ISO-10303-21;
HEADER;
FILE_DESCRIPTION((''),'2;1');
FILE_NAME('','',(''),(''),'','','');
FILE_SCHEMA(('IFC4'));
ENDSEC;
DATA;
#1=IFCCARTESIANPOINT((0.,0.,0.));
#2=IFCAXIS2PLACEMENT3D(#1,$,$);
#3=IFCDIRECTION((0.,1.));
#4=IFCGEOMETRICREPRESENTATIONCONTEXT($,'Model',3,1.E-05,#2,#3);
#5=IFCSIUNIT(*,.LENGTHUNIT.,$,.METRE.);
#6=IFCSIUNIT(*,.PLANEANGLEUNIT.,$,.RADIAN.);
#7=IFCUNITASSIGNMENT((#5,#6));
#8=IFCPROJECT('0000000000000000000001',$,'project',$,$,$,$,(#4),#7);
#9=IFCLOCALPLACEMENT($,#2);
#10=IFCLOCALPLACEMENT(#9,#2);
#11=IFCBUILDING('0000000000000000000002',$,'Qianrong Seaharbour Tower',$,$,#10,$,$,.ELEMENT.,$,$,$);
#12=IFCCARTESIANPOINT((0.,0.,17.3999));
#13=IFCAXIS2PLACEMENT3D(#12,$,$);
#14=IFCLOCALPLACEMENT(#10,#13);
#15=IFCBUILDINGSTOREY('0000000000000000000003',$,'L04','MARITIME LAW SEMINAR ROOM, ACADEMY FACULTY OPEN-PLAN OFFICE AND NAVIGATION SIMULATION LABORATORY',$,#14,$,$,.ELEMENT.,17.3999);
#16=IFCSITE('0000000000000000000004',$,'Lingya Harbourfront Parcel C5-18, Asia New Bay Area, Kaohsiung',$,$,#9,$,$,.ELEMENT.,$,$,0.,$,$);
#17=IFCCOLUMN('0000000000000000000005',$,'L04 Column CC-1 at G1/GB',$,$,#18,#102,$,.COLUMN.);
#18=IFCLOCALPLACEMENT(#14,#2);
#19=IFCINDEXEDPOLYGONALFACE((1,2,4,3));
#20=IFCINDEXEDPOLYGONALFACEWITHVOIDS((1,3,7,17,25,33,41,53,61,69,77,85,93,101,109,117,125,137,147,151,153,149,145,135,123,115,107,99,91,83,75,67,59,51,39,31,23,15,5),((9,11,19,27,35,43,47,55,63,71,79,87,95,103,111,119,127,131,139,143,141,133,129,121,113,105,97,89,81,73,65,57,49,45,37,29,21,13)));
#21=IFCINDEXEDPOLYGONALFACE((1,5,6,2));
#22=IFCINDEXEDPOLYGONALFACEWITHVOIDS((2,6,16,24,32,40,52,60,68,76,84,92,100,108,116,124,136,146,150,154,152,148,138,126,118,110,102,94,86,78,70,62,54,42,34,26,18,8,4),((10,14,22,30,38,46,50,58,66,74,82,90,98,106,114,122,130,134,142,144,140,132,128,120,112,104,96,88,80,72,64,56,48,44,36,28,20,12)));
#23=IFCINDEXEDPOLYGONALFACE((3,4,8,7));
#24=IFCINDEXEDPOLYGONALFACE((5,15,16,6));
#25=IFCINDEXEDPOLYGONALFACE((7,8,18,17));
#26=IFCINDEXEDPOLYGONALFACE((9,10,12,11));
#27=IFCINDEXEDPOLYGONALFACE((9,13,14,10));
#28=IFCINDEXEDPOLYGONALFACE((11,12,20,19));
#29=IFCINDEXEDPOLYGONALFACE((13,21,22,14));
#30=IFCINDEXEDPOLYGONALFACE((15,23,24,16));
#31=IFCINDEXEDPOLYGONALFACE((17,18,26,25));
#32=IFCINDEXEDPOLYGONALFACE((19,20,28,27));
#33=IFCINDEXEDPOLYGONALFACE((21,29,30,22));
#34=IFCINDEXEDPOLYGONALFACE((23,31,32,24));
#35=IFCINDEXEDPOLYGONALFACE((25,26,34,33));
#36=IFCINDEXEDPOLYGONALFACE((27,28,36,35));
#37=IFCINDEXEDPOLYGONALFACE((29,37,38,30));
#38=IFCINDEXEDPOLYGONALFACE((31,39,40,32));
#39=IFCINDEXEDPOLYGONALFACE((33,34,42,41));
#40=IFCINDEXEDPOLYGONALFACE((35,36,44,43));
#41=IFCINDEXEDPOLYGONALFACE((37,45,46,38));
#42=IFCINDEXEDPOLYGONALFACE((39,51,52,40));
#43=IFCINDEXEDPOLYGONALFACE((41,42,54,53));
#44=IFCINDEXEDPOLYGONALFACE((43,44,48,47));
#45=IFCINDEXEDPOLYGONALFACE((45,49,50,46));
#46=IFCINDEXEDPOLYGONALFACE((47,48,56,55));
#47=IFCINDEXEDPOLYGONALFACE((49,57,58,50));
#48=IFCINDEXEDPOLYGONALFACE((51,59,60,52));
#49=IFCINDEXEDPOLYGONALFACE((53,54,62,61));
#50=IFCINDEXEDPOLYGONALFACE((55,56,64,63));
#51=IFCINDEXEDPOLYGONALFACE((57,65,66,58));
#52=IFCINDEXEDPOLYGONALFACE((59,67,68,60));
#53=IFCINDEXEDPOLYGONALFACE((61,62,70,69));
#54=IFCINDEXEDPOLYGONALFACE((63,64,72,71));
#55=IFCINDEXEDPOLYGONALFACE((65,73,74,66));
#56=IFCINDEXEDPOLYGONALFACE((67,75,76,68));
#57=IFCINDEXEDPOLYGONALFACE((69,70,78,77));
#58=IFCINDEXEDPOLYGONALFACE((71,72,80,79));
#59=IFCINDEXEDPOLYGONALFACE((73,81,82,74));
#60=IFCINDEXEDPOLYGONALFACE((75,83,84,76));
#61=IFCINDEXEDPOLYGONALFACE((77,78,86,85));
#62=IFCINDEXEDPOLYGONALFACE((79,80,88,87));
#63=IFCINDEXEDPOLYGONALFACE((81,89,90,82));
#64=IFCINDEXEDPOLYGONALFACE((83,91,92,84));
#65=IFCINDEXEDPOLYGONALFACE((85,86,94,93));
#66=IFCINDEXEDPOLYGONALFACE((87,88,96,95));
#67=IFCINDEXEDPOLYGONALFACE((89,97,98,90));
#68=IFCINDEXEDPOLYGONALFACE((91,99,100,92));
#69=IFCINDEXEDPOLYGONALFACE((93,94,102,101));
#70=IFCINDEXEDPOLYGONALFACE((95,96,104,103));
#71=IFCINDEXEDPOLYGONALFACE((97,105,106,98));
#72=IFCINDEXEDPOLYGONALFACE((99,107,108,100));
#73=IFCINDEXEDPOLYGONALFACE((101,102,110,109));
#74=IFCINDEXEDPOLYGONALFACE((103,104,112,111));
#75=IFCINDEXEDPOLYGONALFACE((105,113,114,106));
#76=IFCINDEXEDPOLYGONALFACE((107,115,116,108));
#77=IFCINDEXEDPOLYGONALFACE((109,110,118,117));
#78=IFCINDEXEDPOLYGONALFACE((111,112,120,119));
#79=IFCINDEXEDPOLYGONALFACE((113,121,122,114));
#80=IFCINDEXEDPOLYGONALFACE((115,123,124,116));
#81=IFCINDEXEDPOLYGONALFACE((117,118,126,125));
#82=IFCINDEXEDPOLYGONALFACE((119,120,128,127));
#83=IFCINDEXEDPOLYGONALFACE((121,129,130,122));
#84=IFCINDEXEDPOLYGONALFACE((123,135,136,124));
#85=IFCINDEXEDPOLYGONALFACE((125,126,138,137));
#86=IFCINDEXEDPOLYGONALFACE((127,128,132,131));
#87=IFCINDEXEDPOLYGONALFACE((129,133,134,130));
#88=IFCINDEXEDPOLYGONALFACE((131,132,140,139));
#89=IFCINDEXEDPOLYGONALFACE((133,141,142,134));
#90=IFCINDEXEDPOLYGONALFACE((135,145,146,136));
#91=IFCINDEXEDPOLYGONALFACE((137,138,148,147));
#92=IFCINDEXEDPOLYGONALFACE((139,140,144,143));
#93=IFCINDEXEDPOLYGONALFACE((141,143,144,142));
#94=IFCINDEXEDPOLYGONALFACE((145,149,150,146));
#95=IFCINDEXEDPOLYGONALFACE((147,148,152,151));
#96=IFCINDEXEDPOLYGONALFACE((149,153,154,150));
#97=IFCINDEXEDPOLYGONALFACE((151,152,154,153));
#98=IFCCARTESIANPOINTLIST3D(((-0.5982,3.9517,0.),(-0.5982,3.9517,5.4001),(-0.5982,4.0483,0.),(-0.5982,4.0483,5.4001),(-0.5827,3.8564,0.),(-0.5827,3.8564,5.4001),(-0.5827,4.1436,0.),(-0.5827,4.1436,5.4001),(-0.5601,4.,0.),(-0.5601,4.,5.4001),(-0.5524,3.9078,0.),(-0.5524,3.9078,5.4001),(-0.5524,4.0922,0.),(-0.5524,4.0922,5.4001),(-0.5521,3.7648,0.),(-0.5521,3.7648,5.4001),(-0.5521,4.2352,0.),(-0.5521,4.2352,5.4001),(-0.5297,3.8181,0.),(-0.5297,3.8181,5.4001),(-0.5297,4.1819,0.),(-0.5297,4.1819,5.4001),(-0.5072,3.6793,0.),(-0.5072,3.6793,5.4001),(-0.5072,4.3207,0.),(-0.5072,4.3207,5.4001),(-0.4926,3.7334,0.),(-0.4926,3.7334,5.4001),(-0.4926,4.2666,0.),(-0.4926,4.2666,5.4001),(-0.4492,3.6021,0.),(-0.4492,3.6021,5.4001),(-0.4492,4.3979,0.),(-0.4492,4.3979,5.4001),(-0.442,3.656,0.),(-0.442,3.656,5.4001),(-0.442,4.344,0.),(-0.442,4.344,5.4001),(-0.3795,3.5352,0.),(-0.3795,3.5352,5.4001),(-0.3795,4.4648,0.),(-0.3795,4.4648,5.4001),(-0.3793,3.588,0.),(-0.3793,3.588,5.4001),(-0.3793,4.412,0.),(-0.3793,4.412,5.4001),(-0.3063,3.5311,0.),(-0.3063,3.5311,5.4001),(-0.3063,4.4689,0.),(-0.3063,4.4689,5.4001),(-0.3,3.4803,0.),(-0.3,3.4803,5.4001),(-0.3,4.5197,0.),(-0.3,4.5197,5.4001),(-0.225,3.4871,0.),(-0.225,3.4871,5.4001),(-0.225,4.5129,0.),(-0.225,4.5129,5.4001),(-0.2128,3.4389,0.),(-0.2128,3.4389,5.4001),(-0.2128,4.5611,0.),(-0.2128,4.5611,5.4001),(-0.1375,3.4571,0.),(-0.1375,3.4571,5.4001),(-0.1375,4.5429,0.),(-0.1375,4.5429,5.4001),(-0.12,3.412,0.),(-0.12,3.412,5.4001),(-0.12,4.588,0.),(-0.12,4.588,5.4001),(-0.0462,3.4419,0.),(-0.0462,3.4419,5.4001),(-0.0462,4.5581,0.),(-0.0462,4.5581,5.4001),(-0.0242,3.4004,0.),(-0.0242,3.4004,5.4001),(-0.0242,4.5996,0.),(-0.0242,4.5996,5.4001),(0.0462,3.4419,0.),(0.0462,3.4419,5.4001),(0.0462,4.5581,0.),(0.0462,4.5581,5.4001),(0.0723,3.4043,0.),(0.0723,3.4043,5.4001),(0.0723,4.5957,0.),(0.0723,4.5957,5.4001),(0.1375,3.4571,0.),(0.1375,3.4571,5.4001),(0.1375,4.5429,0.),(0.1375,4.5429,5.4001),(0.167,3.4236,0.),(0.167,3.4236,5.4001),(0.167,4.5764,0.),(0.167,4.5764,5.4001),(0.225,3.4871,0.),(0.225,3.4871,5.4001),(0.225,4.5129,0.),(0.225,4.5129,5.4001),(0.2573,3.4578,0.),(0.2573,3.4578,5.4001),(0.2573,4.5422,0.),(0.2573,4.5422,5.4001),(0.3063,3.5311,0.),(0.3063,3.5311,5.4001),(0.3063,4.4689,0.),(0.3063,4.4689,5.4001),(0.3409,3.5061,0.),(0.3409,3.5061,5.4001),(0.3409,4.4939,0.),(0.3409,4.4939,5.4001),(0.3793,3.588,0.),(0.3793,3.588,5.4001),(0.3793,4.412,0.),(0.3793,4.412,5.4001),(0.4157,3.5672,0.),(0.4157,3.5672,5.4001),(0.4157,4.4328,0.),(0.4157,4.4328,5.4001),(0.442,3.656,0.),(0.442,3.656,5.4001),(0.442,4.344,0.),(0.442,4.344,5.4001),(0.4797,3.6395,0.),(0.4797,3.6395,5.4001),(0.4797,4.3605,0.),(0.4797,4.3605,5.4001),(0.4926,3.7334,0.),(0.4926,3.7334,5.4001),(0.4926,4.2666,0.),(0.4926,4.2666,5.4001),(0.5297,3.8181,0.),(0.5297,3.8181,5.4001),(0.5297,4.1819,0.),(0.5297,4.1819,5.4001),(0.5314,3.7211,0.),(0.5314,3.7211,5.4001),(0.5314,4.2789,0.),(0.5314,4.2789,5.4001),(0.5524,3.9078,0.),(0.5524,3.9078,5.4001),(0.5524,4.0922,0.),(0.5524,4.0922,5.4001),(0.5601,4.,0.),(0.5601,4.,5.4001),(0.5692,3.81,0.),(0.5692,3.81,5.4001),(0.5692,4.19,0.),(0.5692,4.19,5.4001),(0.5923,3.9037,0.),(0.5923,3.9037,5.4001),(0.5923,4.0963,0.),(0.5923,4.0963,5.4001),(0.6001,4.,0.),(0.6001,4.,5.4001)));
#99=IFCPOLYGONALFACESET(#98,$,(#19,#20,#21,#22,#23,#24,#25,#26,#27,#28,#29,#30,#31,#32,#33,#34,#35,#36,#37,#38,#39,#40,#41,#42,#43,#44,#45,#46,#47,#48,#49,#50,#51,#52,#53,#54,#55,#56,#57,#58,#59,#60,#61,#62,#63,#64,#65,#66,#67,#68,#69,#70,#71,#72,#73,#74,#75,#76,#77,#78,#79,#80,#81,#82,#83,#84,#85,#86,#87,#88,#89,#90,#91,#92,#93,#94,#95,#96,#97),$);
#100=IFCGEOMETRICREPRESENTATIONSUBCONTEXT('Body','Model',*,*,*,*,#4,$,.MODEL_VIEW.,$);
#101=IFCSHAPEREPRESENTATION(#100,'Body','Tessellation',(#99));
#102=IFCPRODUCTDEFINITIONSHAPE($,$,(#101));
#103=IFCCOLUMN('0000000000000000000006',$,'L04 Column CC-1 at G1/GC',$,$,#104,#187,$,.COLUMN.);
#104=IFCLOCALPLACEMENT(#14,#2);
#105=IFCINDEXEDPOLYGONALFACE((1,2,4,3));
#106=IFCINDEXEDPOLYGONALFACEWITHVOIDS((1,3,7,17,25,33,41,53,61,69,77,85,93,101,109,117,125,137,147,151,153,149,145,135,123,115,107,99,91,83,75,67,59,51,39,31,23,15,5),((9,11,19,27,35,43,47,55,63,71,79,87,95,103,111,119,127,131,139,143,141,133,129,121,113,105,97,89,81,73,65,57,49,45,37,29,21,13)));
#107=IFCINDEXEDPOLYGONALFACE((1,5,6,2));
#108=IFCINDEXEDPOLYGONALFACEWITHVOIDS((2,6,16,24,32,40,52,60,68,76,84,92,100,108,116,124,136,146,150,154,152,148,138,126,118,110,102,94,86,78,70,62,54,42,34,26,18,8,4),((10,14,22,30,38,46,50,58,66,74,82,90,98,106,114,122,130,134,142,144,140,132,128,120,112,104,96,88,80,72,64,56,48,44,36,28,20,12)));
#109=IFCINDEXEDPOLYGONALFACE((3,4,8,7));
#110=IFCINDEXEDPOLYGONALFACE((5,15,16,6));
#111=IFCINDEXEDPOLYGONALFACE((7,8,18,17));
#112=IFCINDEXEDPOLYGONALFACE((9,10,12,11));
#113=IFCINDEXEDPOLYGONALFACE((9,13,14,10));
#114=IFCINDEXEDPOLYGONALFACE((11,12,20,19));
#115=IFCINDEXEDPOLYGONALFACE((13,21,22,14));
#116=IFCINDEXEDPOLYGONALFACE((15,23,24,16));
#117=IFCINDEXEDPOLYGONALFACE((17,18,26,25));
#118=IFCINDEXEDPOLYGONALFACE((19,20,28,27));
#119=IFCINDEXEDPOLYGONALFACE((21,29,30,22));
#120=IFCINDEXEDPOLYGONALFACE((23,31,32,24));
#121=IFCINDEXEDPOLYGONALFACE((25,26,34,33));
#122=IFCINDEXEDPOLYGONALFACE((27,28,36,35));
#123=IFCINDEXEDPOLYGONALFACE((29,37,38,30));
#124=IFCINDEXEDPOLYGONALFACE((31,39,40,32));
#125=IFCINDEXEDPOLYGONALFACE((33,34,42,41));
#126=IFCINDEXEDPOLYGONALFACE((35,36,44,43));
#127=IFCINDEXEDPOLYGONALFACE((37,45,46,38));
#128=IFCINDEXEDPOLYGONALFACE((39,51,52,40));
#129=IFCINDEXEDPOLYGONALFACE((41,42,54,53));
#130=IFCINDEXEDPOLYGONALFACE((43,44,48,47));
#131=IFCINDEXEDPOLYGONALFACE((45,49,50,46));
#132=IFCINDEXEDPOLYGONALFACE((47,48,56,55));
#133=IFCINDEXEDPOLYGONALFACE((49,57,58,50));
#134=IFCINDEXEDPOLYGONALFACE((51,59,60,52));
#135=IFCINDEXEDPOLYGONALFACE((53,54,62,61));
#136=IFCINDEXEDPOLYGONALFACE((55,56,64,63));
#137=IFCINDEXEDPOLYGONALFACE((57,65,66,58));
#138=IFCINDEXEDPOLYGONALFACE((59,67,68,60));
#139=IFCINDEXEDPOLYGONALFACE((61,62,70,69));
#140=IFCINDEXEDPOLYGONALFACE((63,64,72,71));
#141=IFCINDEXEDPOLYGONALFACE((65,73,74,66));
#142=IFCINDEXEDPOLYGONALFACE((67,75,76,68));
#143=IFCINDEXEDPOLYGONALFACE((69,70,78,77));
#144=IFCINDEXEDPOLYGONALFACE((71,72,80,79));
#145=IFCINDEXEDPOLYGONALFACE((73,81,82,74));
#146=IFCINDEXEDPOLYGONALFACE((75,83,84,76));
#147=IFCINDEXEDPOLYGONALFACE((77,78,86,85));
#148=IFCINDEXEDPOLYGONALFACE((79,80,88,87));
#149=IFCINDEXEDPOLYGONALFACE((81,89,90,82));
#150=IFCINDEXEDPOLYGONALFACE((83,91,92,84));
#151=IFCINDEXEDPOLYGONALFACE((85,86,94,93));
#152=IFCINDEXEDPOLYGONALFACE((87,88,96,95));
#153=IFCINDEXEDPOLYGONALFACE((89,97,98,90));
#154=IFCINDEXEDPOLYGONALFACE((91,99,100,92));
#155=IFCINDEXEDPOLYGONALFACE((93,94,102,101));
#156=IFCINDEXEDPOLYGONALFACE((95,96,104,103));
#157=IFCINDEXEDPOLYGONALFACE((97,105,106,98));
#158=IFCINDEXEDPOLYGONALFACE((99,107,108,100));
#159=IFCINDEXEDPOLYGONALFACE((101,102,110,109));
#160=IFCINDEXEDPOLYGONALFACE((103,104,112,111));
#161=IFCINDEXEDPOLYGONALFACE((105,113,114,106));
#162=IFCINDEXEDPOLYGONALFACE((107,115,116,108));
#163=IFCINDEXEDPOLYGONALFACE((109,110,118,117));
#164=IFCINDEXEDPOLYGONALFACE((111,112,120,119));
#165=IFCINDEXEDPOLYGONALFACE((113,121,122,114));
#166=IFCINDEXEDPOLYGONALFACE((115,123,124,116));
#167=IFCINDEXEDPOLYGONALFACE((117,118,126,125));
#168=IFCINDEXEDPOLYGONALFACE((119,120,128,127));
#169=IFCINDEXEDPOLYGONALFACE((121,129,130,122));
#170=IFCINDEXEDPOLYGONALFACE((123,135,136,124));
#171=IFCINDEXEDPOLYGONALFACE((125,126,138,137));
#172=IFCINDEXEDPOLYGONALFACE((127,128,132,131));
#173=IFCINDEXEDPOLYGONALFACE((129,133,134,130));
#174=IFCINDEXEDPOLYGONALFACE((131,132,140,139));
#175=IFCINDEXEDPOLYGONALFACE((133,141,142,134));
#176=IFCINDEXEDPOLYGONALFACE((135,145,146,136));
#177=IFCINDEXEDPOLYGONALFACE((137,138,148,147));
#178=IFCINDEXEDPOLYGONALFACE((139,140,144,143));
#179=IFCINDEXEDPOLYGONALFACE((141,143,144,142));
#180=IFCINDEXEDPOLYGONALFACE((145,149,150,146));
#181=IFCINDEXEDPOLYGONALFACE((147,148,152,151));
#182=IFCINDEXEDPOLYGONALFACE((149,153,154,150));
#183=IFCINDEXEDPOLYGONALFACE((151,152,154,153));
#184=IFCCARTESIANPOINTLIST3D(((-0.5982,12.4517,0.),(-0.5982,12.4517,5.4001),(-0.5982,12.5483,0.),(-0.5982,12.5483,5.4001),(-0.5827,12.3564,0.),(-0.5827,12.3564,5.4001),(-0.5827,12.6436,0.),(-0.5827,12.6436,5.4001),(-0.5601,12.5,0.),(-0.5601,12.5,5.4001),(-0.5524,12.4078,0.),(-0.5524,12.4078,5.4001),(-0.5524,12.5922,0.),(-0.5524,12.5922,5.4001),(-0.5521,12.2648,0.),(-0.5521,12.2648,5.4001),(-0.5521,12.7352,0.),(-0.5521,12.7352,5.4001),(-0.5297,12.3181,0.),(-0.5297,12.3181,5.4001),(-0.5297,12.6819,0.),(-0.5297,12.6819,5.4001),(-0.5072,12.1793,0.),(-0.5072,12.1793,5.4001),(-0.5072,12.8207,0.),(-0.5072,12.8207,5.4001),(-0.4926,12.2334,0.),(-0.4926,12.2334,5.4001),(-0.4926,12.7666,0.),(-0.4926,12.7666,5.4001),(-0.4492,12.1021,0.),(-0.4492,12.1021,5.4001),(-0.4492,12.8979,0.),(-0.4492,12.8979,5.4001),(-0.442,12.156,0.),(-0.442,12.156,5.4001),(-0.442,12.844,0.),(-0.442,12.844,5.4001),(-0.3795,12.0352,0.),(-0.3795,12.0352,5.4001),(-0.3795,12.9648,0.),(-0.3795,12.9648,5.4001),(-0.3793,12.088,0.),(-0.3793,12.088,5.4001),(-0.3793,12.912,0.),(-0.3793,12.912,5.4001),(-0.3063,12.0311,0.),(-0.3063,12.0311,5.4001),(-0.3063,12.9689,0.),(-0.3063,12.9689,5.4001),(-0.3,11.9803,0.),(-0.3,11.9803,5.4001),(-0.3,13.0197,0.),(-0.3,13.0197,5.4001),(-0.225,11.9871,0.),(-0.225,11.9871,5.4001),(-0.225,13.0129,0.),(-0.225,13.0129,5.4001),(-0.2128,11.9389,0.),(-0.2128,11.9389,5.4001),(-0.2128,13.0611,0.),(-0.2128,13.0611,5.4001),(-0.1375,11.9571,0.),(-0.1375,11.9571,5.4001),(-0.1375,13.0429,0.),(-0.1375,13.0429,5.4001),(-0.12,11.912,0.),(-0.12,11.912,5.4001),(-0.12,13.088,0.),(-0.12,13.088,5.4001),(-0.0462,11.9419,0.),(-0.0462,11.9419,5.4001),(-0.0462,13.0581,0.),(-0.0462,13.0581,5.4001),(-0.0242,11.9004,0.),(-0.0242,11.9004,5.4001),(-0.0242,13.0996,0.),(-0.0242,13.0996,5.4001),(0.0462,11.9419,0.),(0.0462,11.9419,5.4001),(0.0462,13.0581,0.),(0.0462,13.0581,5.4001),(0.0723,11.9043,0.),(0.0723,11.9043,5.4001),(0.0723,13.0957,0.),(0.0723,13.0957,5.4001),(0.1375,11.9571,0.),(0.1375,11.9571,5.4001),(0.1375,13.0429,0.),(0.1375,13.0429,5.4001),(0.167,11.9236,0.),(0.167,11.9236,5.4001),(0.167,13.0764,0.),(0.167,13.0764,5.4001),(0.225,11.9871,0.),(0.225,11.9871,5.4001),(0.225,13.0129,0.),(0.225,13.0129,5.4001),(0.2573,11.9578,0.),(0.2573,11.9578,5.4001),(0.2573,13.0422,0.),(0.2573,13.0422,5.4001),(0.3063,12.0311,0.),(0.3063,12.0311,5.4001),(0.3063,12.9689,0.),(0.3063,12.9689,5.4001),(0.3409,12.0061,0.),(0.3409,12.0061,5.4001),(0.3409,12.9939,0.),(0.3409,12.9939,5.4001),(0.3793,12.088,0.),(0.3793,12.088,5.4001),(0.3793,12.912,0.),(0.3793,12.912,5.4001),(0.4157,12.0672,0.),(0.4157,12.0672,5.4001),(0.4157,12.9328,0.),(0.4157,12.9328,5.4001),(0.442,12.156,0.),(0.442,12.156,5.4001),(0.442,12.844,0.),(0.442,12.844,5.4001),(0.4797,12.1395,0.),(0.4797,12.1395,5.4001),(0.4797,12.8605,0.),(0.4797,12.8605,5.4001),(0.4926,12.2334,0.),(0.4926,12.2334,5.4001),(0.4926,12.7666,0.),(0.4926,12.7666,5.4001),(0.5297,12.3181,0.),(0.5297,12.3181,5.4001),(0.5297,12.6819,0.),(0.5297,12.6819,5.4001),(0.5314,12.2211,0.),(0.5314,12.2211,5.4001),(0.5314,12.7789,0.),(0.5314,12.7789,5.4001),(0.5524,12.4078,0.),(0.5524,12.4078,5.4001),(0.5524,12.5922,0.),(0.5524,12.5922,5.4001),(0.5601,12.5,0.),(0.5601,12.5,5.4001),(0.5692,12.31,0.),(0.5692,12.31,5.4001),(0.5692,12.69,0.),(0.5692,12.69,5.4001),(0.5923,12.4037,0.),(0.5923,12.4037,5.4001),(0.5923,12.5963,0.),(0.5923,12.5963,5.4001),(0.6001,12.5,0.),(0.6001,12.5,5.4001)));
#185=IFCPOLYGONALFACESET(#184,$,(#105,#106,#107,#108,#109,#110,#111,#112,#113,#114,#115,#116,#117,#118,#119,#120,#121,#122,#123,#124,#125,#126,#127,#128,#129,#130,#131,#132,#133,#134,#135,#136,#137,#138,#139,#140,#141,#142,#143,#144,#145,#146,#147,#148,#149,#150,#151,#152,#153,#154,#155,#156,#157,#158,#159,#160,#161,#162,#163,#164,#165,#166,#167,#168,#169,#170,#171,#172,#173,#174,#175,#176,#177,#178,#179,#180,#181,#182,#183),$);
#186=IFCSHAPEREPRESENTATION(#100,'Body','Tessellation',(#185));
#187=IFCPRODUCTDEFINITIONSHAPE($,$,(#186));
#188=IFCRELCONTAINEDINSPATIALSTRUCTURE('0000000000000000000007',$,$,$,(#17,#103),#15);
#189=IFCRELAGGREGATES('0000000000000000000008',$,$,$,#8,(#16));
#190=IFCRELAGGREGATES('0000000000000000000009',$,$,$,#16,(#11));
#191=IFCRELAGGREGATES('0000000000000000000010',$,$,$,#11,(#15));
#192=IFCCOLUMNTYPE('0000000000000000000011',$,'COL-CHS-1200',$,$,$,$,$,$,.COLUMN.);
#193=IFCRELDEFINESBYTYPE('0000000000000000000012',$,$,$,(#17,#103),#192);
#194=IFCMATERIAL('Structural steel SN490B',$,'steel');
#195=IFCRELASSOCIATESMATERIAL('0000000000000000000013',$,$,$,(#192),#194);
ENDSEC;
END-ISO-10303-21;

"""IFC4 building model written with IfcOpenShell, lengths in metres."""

from ifc_helpers import new_model, si_unit, direction, frame, origin, origin_2d, place, context, subcontext, project, spatial, hollow_circle, extrude, material, material_profile, profile_set, type_object, element, save


model = new_model("IFC4")

# Units and contexts
model_context = context("Model", 3, precision=1e-05, world=origin(), true_north=direction((0.0, 1.0)))
body_context = subcontext(model_context, "Body", "Model", "MODEL_VIEW")
ifc_project = project(units=[si_unit("LENGTHUNIT", "METRE"), si_unit("PLANEANGLEUNIT", "RADIAN")], contexts=[model_context])

# Site, building, storey
site_placement = place(None, origin())
site = spatial("IfcSite", under=ifc_project, at=site_placement, Name="Lingya Harbourfront Parcel C5-18, Asia New Bay Area, Kaohsiung", CompositionType="ELEMENT", RefElevation=0.0)
building_placement = place(site_placement, origin())
building = spatial("IfcBuilding", under=site, at=building_placement, Name="Qianrong Seaharbour Tower", CompositionType="ELEMENT")
storey_placement = place(building_placement, frame((0.0, 0.0, 17.3999)))
storey = spatial("IfcBuildingStorey", under=building, at=storey_placement, Name="L04", Description="MARITIME LAW SEMINAR ROOM, ACADEMY FACULTY OPEN-PLAN OFFICE AND NAVIGATION SIMULATION LABORATORY", CompositionType="ELEMENT", Elevation=17.3999)

# Columns
ifc_material_1 = material(Name="Structural steel SN490B", Category="steel")
ifc_material_profile_1 = material_profile(ifc_material_1, hollow_circle(Radius=0.6001, WallThickness=0.04, at=origin_2d()), Name="CHS1200x40")
ifc_profile_set_1 = profile_set([ifc_material_profile_1], Name="Structural steel SN490B")
column_type_1 = type_object("IfcColumnType", Name="COL-CHS-1200", PredefinedType="COLUMN", material=ifc_profile_set_1)
for number, where, z_axis, x_axis, name in (
    (1, (0.0, 4.0, 0.0), (0.0, 0.0, 1.0), (1.0, 0.0, 0.0), "L04 Column CC-1 at G1/GB"),
    (2, (0.0, 12.5, 0.0), (0.0, 0.0, 1.0), (1.0, 0.0, 0.0), "L04 Column CC-1 at G1/GC"),
):
    element("IfcColumn", number, at=place(storey_placement, frame(where, z_axis=z_axis, x_axis=x_axis)), inside=storey, type_object=column_type_1, Name=name, PredefinedType="COLUMN", context=body_context, shape_type="SweptSolid", body=[
        extrude(hollow_circle(Radius=0.6001, WallThickness=0.04, at=origin_2d()), origin(), (0.0, 0.0, 1.0), 5.4001),
    ])

save(model, "model.ifc")
